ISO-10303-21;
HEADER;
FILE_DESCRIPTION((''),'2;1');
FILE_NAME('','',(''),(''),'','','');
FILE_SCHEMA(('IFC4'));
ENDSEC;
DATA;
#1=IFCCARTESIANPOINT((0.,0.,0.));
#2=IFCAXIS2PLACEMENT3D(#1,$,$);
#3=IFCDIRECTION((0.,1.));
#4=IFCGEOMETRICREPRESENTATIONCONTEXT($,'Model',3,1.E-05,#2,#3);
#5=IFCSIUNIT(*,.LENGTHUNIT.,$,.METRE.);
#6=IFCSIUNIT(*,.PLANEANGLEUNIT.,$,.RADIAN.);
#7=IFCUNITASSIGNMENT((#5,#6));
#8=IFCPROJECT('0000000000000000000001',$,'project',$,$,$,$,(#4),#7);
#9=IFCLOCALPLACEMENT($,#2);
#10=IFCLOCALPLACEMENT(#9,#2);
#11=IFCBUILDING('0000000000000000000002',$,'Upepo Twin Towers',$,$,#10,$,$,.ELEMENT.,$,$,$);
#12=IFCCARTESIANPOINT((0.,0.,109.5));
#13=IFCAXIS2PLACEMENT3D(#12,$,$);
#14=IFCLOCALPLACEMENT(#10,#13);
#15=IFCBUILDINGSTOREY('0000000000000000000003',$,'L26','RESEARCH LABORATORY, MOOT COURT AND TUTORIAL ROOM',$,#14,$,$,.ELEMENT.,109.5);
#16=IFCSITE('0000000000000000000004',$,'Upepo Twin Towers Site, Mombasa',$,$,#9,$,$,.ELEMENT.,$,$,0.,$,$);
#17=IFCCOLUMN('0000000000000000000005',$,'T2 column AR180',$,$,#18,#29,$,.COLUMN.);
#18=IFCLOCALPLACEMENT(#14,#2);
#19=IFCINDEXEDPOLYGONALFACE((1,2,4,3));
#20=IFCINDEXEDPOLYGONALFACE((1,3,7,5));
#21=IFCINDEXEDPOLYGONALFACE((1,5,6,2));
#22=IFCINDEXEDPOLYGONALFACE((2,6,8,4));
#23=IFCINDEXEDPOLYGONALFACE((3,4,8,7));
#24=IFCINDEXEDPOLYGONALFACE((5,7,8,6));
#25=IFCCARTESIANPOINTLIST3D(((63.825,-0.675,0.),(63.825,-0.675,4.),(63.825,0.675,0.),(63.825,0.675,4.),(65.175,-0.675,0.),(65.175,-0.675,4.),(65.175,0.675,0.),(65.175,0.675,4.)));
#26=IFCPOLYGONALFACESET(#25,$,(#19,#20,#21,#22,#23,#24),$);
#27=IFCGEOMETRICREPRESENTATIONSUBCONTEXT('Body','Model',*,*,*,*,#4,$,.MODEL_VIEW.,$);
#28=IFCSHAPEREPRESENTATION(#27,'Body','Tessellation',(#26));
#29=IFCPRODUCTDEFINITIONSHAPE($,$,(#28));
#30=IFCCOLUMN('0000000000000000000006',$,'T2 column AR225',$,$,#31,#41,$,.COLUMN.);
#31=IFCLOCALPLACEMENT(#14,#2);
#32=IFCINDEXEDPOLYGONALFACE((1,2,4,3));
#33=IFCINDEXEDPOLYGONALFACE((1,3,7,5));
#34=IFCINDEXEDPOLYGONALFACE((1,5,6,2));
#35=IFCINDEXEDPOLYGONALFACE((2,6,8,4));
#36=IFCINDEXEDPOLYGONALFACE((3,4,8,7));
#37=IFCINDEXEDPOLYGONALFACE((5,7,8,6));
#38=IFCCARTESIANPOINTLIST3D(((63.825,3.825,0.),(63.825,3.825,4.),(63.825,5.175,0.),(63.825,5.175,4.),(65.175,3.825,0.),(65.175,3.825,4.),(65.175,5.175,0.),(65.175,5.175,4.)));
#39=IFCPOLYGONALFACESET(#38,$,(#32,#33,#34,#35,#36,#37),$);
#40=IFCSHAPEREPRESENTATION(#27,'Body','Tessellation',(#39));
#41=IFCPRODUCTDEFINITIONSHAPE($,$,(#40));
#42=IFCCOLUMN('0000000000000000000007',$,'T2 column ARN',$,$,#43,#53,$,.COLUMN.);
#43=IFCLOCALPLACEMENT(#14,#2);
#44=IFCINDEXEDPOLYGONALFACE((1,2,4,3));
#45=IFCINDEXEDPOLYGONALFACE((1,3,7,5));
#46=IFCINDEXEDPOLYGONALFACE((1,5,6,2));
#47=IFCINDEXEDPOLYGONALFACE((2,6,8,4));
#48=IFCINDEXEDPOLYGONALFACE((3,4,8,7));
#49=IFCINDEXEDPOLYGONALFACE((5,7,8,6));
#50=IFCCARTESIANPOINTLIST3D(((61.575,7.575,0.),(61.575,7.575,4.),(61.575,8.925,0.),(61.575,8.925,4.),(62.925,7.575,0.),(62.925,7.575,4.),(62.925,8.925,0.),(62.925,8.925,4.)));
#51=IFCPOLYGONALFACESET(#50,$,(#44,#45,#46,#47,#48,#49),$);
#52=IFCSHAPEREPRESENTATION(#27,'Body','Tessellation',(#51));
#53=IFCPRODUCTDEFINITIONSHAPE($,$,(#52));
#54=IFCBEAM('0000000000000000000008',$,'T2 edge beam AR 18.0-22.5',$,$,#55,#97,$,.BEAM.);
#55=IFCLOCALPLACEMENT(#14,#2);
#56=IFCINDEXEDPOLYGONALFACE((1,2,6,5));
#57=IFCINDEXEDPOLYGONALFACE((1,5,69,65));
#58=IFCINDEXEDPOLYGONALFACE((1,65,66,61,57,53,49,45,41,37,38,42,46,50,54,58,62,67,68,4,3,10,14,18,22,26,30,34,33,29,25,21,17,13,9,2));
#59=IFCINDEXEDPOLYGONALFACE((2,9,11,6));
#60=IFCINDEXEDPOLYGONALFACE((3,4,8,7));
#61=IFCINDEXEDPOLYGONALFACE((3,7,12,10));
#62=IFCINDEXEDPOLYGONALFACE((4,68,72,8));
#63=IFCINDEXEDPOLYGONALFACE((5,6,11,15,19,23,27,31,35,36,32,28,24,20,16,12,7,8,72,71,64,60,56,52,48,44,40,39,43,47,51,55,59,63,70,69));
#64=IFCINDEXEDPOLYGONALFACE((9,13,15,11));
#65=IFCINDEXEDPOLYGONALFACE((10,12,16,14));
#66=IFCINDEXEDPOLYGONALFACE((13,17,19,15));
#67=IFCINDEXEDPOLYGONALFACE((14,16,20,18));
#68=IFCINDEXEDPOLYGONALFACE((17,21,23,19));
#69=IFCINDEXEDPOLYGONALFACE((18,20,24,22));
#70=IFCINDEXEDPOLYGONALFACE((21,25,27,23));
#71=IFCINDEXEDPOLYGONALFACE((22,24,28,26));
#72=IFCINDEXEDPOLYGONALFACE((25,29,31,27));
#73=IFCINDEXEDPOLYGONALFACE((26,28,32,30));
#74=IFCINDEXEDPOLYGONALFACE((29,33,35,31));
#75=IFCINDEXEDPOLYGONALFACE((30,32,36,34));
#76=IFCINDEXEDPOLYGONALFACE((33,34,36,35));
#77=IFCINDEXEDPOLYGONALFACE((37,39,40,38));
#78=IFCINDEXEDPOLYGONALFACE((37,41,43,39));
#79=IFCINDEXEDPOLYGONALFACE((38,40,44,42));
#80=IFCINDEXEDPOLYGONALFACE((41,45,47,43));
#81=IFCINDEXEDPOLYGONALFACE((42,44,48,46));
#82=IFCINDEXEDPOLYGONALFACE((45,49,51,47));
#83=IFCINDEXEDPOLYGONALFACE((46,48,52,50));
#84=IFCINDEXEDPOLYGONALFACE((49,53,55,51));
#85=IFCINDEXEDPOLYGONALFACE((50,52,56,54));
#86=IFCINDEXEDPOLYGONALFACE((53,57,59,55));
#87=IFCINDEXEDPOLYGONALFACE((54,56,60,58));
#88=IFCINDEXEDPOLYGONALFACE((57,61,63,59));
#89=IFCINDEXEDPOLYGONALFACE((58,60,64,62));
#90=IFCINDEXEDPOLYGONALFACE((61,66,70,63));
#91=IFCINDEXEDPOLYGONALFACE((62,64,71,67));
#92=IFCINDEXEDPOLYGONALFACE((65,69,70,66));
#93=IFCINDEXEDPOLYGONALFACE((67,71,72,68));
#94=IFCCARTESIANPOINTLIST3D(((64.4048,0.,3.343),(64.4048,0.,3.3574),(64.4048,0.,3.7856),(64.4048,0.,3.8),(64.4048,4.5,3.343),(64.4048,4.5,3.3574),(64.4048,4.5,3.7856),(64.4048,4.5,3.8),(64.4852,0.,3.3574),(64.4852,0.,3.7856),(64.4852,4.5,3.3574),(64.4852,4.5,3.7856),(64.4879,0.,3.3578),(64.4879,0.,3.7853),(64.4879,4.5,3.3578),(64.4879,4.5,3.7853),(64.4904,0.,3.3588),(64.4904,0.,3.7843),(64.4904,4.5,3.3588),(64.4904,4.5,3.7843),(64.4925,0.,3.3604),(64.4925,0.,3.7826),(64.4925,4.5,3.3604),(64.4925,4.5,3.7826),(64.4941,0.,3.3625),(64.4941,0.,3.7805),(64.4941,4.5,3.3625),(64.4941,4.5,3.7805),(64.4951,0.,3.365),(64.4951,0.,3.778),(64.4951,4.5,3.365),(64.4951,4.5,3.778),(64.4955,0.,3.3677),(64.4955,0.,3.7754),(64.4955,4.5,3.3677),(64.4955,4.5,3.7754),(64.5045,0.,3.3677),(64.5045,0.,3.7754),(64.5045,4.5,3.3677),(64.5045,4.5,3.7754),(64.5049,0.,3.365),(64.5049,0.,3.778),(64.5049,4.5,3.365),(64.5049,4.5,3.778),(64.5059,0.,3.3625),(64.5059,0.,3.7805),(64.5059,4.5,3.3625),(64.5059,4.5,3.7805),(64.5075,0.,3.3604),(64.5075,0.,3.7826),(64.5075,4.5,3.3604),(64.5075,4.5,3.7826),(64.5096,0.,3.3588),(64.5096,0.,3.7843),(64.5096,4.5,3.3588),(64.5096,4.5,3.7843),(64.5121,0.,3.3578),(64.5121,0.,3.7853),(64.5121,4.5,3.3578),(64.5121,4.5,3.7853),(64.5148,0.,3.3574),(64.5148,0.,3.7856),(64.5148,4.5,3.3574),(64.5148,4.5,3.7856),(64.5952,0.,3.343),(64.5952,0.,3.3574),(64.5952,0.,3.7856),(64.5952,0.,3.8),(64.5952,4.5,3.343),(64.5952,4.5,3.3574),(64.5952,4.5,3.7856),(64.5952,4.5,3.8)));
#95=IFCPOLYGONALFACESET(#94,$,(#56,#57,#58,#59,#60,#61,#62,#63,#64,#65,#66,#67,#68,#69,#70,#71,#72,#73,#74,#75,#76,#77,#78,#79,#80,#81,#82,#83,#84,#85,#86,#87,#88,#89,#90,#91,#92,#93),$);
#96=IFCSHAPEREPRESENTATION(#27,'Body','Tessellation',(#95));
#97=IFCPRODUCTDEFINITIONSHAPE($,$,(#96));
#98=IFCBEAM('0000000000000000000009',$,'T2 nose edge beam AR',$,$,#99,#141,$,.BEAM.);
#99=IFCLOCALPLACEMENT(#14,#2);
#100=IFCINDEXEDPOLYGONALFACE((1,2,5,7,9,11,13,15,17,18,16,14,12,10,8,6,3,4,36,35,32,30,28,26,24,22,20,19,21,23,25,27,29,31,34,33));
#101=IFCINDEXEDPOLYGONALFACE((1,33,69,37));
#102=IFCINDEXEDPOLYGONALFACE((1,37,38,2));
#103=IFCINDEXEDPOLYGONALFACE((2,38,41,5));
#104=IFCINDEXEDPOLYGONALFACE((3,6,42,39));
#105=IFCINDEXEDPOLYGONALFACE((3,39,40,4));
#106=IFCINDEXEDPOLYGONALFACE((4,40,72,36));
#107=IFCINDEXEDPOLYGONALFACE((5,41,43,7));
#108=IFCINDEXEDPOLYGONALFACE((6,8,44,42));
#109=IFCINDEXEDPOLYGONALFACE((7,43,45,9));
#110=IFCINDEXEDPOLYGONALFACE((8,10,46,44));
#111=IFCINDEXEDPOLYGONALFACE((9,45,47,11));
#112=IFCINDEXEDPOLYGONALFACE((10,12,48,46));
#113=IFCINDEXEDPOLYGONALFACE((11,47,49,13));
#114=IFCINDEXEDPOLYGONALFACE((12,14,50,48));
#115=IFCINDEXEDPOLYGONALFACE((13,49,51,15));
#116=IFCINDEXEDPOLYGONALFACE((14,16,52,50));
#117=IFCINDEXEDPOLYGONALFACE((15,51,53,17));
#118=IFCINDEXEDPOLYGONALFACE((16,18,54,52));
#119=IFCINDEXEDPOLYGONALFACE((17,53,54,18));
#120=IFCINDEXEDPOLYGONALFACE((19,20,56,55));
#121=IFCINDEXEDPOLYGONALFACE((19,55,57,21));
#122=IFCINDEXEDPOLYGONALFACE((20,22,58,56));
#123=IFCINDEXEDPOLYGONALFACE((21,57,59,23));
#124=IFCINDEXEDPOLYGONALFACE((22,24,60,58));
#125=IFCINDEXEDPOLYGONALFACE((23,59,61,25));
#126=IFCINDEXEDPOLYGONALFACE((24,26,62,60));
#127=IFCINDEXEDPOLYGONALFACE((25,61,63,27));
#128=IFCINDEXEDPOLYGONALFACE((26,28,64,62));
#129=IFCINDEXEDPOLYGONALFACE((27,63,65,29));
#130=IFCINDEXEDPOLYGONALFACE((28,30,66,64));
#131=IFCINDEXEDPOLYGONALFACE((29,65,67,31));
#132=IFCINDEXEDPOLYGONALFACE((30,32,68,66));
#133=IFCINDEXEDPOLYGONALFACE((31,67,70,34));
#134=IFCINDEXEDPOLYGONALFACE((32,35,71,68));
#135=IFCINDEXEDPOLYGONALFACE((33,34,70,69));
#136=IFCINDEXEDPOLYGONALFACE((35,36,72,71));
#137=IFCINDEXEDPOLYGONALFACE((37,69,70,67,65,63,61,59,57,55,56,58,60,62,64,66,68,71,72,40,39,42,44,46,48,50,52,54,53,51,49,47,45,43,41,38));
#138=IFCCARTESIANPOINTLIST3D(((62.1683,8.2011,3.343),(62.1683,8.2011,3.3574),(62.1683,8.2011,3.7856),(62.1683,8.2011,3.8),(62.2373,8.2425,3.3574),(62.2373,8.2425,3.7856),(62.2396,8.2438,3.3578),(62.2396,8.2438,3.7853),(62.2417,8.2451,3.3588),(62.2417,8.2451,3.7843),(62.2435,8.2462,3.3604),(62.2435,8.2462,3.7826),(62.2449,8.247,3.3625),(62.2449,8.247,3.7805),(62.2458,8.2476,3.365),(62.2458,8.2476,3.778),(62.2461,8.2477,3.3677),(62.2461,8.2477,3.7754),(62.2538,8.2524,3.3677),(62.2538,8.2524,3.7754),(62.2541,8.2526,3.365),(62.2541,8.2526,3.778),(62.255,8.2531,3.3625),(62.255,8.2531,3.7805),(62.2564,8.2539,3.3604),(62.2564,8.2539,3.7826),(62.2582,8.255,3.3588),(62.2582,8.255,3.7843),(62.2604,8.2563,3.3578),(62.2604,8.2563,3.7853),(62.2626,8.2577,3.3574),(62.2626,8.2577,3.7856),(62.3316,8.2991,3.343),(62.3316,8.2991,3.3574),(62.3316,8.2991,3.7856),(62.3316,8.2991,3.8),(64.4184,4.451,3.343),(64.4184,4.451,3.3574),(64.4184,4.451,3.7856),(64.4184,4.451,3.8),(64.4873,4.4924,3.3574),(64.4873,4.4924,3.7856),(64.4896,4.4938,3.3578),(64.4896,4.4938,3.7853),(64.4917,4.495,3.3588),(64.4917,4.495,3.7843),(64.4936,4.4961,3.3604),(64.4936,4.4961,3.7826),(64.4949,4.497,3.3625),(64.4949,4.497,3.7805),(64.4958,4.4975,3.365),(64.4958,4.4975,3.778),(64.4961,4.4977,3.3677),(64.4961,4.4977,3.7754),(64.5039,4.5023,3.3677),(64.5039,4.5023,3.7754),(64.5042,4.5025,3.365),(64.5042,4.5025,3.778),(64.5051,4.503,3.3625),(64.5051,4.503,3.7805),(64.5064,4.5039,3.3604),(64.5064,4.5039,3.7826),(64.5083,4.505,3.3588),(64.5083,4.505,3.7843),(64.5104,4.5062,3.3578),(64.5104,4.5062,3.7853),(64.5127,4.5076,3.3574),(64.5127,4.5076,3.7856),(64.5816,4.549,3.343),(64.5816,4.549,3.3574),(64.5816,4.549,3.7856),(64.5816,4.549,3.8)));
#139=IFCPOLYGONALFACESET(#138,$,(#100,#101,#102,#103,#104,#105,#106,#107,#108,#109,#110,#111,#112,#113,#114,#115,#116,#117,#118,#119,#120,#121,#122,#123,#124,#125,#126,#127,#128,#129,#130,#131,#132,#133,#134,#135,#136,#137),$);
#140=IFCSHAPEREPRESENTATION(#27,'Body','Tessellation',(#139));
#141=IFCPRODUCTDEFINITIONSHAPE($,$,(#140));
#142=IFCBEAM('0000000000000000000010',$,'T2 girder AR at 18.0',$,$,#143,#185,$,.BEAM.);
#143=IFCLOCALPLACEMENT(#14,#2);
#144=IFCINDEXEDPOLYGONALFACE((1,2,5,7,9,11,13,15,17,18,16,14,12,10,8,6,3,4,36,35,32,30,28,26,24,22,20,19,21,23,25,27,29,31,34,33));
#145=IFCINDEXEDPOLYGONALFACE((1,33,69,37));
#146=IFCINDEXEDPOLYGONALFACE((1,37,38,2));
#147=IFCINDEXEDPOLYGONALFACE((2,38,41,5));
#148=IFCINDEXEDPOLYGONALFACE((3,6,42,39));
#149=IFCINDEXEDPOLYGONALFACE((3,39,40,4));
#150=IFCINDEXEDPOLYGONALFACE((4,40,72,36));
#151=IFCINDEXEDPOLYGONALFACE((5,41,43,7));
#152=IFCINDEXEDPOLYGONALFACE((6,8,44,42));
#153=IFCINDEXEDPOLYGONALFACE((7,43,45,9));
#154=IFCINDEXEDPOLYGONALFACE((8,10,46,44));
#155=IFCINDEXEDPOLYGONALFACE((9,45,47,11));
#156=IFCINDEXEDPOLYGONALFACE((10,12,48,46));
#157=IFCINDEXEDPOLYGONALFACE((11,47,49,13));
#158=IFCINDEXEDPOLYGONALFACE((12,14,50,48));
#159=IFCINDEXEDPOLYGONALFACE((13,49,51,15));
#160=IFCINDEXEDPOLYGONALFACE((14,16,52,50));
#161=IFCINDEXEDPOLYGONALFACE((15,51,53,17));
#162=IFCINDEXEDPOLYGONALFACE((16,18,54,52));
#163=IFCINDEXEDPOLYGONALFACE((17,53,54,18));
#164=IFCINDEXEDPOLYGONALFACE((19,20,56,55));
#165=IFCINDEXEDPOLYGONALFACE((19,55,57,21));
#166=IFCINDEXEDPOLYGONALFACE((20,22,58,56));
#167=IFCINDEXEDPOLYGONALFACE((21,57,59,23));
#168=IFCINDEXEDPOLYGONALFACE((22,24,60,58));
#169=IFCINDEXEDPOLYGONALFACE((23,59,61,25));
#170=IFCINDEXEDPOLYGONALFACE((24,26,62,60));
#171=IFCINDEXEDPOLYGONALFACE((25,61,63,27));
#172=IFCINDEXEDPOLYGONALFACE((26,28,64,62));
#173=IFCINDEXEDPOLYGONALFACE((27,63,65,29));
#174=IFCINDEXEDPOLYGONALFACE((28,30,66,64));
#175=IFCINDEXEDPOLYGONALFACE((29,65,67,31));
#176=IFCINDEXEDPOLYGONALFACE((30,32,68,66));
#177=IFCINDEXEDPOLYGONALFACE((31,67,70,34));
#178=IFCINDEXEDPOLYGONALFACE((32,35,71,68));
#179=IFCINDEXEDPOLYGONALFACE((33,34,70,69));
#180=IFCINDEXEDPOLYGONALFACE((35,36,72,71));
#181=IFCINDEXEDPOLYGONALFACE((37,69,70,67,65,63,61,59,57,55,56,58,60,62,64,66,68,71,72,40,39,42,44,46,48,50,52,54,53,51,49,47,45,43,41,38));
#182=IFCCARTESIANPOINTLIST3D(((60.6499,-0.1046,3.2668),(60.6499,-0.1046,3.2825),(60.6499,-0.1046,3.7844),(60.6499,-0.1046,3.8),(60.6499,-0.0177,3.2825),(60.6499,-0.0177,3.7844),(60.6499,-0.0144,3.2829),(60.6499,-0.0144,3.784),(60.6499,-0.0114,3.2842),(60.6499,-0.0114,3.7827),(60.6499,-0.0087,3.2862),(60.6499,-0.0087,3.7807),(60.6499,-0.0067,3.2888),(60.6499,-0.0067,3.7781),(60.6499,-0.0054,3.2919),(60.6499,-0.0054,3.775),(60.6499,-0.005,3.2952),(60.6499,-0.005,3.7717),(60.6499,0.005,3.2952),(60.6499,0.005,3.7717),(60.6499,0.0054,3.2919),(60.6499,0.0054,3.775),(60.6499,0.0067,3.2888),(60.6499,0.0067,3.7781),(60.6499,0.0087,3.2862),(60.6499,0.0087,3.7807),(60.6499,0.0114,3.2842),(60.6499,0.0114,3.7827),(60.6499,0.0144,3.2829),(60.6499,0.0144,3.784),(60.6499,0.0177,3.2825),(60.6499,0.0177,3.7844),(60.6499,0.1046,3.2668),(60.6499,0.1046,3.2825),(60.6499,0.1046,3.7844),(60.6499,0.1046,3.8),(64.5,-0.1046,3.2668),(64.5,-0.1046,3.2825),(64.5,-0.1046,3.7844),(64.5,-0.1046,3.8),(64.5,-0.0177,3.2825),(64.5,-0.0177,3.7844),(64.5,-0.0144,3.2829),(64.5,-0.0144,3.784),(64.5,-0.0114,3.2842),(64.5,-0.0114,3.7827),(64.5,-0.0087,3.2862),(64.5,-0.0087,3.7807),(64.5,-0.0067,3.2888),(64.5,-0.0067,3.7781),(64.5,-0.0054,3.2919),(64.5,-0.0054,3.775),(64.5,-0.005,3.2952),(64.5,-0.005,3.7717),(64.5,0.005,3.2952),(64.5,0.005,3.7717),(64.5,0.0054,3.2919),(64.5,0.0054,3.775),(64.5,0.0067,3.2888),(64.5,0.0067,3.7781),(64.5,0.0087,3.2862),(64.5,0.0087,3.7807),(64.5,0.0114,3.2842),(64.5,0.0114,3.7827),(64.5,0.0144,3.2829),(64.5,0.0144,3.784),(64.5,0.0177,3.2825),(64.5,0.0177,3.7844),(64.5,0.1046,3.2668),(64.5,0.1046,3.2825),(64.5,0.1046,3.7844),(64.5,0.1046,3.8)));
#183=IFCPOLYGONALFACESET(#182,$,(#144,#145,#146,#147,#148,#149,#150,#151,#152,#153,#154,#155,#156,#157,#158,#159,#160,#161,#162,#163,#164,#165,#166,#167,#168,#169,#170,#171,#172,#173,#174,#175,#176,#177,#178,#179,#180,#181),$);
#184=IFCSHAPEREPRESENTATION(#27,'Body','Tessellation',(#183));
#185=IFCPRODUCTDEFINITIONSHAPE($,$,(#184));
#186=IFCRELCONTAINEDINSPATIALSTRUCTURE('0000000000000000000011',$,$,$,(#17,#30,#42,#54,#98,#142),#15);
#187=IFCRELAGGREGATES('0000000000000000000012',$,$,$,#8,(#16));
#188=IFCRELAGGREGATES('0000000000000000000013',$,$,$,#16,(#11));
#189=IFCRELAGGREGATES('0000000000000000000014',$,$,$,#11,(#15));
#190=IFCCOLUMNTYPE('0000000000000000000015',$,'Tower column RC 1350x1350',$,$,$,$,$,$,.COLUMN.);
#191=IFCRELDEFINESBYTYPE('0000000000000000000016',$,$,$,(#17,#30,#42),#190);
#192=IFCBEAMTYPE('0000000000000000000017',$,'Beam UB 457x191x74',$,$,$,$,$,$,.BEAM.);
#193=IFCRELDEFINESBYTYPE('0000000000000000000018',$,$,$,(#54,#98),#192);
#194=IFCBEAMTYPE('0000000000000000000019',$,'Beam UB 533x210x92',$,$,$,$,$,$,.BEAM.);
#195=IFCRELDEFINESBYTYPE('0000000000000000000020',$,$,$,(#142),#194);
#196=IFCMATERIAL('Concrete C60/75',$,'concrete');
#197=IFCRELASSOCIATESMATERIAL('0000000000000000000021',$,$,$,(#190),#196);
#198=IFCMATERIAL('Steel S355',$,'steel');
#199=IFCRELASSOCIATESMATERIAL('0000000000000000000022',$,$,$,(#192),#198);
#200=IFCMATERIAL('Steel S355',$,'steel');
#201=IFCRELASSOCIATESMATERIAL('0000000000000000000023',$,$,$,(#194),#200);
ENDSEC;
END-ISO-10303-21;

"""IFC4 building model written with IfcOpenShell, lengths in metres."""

from ifc_helpers import new_model, si_unit, direction, frame, origin, origin_2d, place, context, subcontext, project, spatial, rectangle, i_section, extrude, material, material_profile, profile_set, type_object, element, save


model = new_model("IFC4")

# Units and contexts
model_context = context("Model", 3, precision=1e-05, world=origin(), true_north=direction((0.0, 1.0)))
body_context = subcontext(model_context, "Body", "Model", "MODEL_VIEW")
ifc_project = project(units=[si_unit("LENGTHUNIT", "METRE"), si_unit("PLANEANGLEUNIT", "RADIAN")], contexts=[model_context])

# Site, building, storey
site_placement = place(None, origin())
site = spatial("IfcSite", under=ifc_project, at=site_placement, Name="Upepo Twin Towers Site, Mombasa", CompositionType="ELEMENT", RefElevation=0.0)
building_placement = place(site_placement, origin())
building = spatial("IfcBuilding", under=site, at=building_placement, Name="Upepo Twin Towers", CompositionType="ELEMENT")
storey_placement = place(building_placement, frame((0.0, 0.0, 109.5)))
storey = spatial("IfcBuildingStorey", under=building, at=storey_placement, Name="L26", Description="RESEARCH LABORATORY, MOOT COURT AND TUTORIAL ROOM", CompositionType="ELEMENT", Elevation=109.5)

# Columns
ifc_material_1 = material(Name="Concrete C60/75", Category="concrete")
ifc_material_profile_1 = material_profile(ifc_material_1, rectangle(XDim=1.3501, YDim=1.3501, at=origin_2d()), Name="RC 1350x1350")
ifc_profile_set_1 = profile_set([ifc_material_profile_1], Name="Concrete C60/75")
column_type = type_object("IfcColumnType", Name="Tower column RC 1350x1350", PredefinedType="COLUMN", material=ifc_profile_set_1)
for number, where, z_axis, x_axis, name in (
    (1, (64.5, 0.0, 0.0), (0.0, 0.0, 1.0), (1.0, 0.0, 0.0), "T2 column AR180"),
    (2, (64.5, 4.5, 0.0), (0.0, 0.0, 1.0), (1.0, 0.0, 0.0), "T2 column AR225"),
    (3, (62.25, 8.25, 0.0), (0.0, 0.0, 1.0), (1.0, 0.0, 0.0), "T2 column ARN"),
):
    element("IfcColumn", number, at=place(storey_placement, frame(where, z_axis=z_axis, x_axis=x_axis)), inside=storey, type_object=column_type, Name=name, PredefinedType="COLUMN", context=body_context, shape_type="SweptSolid", body=[
        extrude(rectangle(XDim=1.3501, YDim=1.3501, at=origin_2d()), origin(), (0.0, 0.0, 1.0), 4.0),
    ])

# Beams
ifc_material_2 = material(Name="Steel S355", Category="steel")
ifc_material_profile_2 = material_profile(ifc_material_2, i_section(OverallWidth=0.1904, OverallDepth=0.457, WebThickness=0.009, FlangeThickness=0.0144, FilletRadius=0.0103, at=origin_2d()), Name="UB 457x191x74")
ifc_profile_set_2 = profile_set([ifc_material_profile_2], Name="Steel S355")
beam_type_1 = type_object("IfcBeamType", Name="Beam UB 457x191x74", PredefinedType="BEAM", material=ifc_profile_set_2)
beam_1_placement = place(storey_placement, frame((64.5, 0.0, 3.5715), z_axis=(0.0, 1.0, 0.0), x_axis=(-1.0, 0.0, 0.0)))
element("IfcBeam", 4, at=beam_1_placement, inside=storey, type_object=beam_type_1, Name="T2 edge beam AR 18.0-22.5", PredefinedType="BEAM", context=body_context, shape_type="SweptSolid", body=[
    extrude(i_section(OverallWidth=0.1904, OverallDepth=0.457, WebThickness=0.009, FlangeThickness=0.0144, FilletRadius=0.0103, at=origin_2d()), origin(), (0.0, 0.0, 1.0), 4.5),
])
beam_2_placement = place(storey_placement, frame((64.5, 4.5, 3.5715), z_axis=(-0.514496, 0.857493, 0.0), x_axis=(-0.857493, -0.514496, 0.0)))
element("IfcBeam", 5, at=beam_2_placement, inside=storey, type_object=beam_type_1, Name="T2 nose edge beam AR", PredefinedType="BEAM", context=body_context, shape_type="SweptSolid", body=[
    extrude(i_section(OverallWidth=0.1904, OverallDepth=0.457, WebThickness=0.009, FlangeThickness=0.0144, FilletRadius=0.0103, at=origin_2d()), origin(), (0.0, 0.0, 1.0), 4.3733),
])
ifc_material_3 = material(Name="Steel S355", Category="steel")
ifc_material_profile_3 = material_profile(ifc_material_3, i_section(OverallWidth=0.2092, OverallDepth=0.5332, WebThickness=0.01, FlangeThickness=0.0156, FilletRadius=0.0127, at=origin_2d()), Name="UB 533x210x92")
ifc_profile_set_3 = profile_set([ifc_material_profile_3], Name="Steel S355")
beam_type_2 = type_object("IfcBeamType", Name="Beam UB 533x210x92", PredefinedType="BEAM", material=ifc_profile_set_3)
for number, where, z_axis, x_axis, name in (
    (6, (64.5, 0.0, 3.5334), (-1.0, 0.0, 0.0), (0.0, -1.0, 0.0), "T2 girder AR at 18.0"),
):
    element("IfcBeam", number, at=place(storey_placement, frame(where, z_axis=z_axis, x_axis=x_axis)), inside=storey, type_object=beam_type_2, Name=name, PredefinedType="BEAM", context=body_context, shape_type="SweptSolid", body=[
        extrude(i_section(OverallWidth=0.2092, OverallDepth=0.5332, WebThickness=0.01, FlangeThickness=0.0156, FilletRadius=0.0127, at=origin_2d()), origin(), (0.0, 0.0, 1.0), 3.8501),
    ])

save(model, "model.ifc")
